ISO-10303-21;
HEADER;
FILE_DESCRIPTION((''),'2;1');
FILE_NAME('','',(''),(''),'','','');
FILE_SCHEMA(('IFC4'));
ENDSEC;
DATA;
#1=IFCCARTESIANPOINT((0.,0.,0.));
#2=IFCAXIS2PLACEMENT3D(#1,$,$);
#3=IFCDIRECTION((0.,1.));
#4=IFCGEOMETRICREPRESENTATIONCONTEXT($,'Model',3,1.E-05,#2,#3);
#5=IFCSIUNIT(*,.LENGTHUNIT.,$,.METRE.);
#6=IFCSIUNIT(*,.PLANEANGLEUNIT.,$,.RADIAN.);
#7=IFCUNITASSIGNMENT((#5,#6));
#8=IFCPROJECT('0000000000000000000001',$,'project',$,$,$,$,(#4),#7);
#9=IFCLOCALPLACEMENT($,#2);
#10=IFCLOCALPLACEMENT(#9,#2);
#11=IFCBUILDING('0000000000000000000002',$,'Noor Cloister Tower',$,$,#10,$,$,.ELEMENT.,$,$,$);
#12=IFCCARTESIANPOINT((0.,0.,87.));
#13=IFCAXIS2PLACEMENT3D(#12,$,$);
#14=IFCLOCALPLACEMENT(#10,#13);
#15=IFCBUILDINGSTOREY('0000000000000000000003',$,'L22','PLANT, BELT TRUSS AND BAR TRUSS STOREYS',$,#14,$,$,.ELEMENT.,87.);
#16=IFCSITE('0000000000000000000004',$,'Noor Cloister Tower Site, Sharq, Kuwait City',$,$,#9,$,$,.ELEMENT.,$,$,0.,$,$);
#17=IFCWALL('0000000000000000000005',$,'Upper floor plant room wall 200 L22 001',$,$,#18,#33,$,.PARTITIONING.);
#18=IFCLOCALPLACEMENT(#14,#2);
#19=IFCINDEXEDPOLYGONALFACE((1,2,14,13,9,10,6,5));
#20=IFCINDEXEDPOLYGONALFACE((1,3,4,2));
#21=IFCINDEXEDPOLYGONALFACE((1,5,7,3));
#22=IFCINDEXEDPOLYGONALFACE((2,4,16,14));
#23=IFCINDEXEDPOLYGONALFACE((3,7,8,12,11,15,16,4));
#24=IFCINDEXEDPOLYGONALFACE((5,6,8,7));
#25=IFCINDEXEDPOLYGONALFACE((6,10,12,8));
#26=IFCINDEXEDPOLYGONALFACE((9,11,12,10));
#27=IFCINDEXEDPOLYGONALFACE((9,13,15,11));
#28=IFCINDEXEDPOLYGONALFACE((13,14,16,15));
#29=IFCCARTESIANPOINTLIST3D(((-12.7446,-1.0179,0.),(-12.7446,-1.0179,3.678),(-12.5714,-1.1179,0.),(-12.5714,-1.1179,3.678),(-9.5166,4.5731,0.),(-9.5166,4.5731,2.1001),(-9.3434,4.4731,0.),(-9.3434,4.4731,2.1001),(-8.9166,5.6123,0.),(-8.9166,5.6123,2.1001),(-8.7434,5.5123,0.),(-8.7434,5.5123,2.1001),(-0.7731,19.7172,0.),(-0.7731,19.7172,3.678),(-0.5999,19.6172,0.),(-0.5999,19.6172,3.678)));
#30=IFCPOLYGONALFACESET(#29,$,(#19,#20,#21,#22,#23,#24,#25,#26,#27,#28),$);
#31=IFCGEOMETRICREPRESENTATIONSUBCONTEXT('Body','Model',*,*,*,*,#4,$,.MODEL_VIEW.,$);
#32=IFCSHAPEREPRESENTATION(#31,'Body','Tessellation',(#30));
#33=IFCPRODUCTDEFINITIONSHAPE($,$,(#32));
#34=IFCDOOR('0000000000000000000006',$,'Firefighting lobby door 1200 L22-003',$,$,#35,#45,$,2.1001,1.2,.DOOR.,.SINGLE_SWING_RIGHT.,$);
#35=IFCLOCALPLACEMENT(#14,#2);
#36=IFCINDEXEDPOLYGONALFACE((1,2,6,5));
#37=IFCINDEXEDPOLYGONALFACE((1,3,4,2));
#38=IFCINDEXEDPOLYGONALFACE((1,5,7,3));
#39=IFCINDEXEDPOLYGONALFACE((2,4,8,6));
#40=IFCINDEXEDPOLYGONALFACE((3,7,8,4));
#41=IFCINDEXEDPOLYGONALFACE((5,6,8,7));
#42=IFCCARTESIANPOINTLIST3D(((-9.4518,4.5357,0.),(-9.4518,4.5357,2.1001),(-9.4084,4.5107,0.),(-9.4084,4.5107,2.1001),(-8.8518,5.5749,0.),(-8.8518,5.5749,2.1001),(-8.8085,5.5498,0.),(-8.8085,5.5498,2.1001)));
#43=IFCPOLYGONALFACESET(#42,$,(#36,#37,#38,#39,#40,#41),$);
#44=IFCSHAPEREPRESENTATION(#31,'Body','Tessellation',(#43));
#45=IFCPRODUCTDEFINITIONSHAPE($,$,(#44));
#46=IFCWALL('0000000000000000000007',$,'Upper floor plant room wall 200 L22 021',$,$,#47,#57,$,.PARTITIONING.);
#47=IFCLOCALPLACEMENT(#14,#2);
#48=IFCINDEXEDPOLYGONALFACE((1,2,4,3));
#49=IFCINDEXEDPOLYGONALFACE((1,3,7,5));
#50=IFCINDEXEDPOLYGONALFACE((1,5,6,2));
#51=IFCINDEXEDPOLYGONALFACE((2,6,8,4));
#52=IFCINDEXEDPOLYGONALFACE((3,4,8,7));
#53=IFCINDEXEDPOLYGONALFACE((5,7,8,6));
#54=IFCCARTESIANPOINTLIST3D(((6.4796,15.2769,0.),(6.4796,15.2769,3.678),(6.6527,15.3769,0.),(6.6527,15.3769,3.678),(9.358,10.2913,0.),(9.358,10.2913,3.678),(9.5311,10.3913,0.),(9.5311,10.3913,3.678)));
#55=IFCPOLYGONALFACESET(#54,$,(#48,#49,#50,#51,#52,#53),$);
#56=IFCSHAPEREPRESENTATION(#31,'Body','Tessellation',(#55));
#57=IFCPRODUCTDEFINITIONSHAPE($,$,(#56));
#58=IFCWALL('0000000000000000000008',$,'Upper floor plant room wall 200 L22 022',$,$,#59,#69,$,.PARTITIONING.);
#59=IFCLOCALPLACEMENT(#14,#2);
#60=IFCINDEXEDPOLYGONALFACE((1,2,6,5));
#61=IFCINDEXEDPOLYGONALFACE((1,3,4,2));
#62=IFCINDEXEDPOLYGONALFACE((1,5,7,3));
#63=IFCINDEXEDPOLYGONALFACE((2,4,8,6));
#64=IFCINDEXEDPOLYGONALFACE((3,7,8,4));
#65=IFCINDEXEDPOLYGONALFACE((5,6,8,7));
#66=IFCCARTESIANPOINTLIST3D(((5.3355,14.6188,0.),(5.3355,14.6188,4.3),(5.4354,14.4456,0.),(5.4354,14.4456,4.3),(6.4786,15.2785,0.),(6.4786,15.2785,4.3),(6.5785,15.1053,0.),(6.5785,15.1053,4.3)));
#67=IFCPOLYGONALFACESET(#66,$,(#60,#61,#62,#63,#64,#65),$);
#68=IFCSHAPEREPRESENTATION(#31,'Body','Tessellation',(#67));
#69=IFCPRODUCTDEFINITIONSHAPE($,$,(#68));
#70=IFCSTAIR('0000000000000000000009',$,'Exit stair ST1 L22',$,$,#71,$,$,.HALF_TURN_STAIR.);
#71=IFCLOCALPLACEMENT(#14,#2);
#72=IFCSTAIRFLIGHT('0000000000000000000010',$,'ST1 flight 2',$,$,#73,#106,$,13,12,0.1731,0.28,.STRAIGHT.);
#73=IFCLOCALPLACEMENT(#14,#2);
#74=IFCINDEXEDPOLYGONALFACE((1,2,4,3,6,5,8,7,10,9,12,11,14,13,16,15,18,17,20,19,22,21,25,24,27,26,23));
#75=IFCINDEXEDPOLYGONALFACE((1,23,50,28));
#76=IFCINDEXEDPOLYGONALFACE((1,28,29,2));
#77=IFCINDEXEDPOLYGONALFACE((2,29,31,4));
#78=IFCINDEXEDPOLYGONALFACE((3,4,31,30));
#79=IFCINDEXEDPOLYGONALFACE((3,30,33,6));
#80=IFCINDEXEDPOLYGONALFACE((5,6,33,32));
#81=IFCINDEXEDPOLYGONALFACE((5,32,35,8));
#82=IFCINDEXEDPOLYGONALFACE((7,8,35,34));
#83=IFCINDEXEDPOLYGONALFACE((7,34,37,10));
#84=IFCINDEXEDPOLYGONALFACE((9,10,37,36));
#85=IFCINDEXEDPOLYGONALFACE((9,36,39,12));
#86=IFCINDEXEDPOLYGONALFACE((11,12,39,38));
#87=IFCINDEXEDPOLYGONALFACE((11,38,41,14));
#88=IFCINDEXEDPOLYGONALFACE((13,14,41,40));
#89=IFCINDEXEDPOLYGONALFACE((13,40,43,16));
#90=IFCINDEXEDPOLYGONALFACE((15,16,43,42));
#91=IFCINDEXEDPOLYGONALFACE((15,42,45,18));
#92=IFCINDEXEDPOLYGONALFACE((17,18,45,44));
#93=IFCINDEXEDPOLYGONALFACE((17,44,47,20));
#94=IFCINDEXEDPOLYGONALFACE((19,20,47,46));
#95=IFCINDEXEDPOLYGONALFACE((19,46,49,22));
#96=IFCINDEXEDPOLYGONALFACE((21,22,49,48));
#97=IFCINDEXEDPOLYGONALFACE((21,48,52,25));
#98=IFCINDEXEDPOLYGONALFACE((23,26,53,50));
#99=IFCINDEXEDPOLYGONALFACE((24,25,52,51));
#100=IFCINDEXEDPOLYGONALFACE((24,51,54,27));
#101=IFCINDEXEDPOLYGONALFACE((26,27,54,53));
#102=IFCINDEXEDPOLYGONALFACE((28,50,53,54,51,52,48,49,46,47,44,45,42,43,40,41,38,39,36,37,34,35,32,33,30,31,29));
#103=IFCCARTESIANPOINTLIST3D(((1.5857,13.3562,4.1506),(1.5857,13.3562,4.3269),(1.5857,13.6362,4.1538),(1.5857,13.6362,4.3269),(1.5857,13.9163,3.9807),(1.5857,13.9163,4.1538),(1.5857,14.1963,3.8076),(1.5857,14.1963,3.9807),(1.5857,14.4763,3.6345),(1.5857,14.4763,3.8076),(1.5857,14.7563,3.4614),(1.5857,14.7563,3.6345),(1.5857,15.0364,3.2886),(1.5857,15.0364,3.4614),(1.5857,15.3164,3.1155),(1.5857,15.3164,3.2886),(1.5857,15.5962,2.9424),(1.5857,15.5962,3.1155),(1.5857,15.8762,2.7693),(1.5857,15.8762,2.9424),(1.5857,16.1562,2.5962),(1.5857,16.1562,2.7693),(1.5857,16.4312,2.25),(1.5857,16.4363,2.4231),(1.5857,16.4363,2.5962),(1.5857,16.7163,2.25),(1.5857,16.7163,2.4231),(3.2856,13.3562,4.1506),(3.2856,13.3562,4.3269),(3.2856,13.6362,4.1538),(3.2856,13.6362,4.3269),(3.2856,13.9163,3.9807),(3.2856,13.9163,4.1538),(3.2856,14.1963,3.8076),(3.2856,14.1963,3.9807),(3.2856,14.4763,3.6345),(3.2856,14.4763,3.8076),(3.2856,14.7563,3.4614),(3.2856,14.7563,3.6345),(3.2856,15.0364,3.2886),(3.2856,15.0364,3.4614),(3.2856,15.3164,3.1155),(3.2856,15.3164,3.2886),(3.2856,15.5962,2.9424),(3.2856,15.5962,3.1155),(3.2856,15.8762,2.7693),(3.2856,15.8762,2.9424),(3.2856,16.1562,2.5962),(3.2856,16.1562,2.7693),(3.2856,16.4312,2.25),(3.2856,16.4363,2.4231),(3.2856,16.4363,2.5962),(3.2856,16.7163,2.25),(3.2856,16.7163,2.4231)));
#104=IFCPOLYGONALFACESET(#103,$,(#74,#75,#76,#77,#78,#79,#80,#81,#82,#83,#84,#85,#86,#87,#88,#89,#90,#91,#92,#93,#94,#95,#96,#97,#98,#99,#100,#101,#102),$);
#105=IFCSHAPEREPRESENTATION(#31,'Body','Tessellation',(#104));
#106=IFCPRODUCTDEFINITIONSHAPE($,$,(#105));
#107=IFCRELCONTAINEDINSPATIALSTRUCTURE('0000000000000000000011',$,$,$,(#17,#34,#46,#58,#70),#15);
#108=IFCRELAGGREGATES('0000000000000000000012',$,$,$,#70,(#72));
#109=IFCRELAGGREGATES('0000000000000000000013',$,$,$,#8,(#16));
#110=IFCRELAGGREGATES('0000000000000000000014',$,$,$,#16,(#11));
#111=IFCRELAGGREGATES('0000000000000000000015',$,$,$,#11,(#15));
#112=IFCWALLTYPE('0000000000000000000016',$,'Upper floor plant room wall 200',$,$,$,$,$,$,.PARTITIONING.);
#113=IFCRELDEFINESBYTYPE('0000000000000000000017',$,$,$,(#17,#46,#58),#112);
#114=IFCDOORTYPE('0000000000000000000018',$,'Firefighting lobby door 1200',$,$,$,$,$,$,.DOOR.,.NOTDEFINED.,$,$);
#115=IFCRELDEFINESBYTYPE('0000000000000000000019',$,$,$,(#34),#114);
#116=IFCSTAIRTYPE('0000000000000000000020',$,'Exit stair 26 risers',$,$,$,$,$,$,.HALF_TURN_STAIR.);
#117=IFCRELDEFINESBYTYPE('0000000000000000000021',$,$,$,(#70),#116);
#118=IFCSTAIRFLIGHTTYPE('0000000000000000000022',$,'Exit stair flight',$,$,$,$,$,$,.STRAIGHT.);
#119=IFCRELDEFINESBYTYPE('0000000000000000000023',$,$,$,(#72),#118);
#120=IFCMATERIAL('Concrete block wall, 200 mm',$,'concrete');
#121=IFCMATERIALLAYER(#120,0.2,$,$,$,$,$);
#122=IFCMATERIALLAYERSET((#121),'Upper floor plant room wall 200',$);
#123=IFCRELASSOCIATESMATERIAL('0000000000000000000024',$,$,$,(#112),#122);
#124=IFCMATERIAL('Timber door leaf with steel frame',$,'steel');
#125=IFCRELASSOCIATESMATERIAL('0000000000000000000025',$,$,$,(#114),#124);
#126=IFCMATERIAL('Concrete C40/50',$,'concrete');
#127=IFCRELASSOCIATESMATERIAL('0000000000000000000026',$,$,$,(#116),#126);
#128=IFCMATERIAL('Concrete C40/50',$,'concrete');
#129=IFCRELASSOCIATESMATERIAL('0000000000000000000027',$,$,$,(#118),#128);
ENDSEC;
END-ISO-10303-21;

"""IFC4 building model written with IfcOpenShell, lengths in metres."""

from ifc_helpers import new_model, si_unit, direction, frame, frame_2d, origin, place, context, subcontext, project, spatial, polyline, rectangle, outline, extrude, material, layer, layer_set, type_object, element, fill, aggregate, save


model = new_model("IFC4")

# Units and contexts
model_context = context("Model", 3, precision=1e-05, world=origin(), true_north=direction((0.0, 1.0)))
body_context = subcontext(model_context, "Body", "Model", "MODEL_VIEW")
ifc_project = project(units=[si_unit("LENGTHUNIT", "METRE"), si_unit("PLANEANGLEUNIT", "RADIAN")], contexts=[model_context])

# Site, building, storey
site_placement = place(None, origin())
site = spatial("IfcSite", under=ifc_project, at=site_placement, Name="Noor Cloister Tower Site, Sharq, Kuwait City", CompositionType="ELEMENT", RefElevation=0.0)
building_placement = place(site_placement, origin())
building = spatial("IfcBuilding", under=site, at=building_placement, Name="Noor Cloister Tower", CompositionType="ELEMENT")
storey_placement = place(building_placement, frame((0.0, 0.0, 87.0)))
storey = spatial("IfcBuildingStorey", under=building, at=storey_placement, Name="L22", Description="PLANT, BELT TRUSS AND BAR TRUSS STOREYS", CompositionType="ELEMENT", Elevation=87.0)

# Wall, opening, door
ifc_material_1 = material(Name="Concrete block wall, 200 mm", Category="concrete")
ifc_layer = layer(ifc_material_1, 0.2)
ifc_layer_set = layer_set([ifc_layer], Name="Upper floor plant room wall 200")
wall_type = type_object("IfcWallType", Name="Upper floor plant room wall 200", PredefinedType="PARTITIONING", material=ifc_layer_set)
wall_1_placement = place(storey_placement, frame((-0.6865, 19.6672, 0.0), z_axis=(0.0, 0.0, 1.0), x_axis=(-0.5, -0.866025, 0.0)))
wall_1 = element("IfcWall", 1, at=wall_1_placement, inside=storey, type_object=wall_type, Name="Upper floor plant room wall 200 L22 001", PredefinedType="PARTITIONING", context=body_context, shape_type="SweptSolid", body=[
    extrude(rectangle(XDim=23.9429, YDim=0.2, at=frame_2d((11.9714, 0.0))), origin(), (0.0, 0.0, 1.0), 3.678),
])
opening_placement = place(wall_1_placement, frame((16.2869, 0.0, 0.0)))
opening = element("IfcOpeningElement", 2, at=opening_placement, cuts=wall_1, PredefinedType="OPENING", context=body_context, shape_type="SweptSolid", body=[
    extrude(rectangle(XDim=1.2, YDim=2.1001, at=frame_2d((0.6001, 1.05))), frame((0.0, 0.1099, 0.0), z_axis=(0.0, -1.0, 0.0), x_axis=(1.0, 0.0, 0.0)), (0.0, 0.0, 1.0), 0.22),
])
ifc_material_2 = material(Name="Timber door leaf with steel frame", Category="steel")
door_type = type_object("IfcDoorType", Name="Firefighting lobby door 1200", OperationType="NOTDEFINED", PredefinedType="DOOR", material=ifc_material_2)
door_placement = place(opening_placement, origin())
door = element("IfcDoor", 3, at=door_placement, inside=storey, type_object=door_type, Name="Firefighting lobby door 1200 L22-003", OperationType="SINGLE_SWING_RIGHT", OverallHeight=2.1001, OverallWidth=1.2, PredefinedType="DOOR", context=body_context, shape_type="SweptSolid", body=[
    extrude(rectangle(XDim=1.2, YDim=2.1001, at=frame_2d((0.6001, 1.05))), frame((0.0, 0.0249, 0.0), z_axis=(0.0, -1.0, 0.0), x_axis=(1.0, 0.0, 0.0)), (0.0, 0.0, 1.0), 0.05),
])
fill(opening, door)

# Walls
wall_2_placement = place(storey_placement, frame((6.5662, 15.3269, 0.0), z_axis=(0.0, 0.0, 1.0), x_axis=(0.499998, -0.866027, 0.0)))
element("IfcWall", 4, at=wall_2_placement, inside=storey, type_object=wall_type, Name="Upper floor plant room wall 200 L22 021", PredefinedType="PARTITIONING", context=body_context, shape_type="SweptSolid", body=[
    extrude(rectangle(XDim=5.7568, YDim=0.2, at=frame_2d((2.8784, 0.0))), origin(), (0.0, 0.0, 1.0), 3.678),
])
wall_3_placement = place(storey_placement, frame((6.5286, 15.1919, 0.0), z_axis=(0.0, 0.0, 1.0), x_axis=(-0.866118, -0.49984, 0.0)))
element("IfcWall", 5, at=wall_3_placement, inside=storey, type_object=wall_type, Name="Upper floor plant room wall 200 L22 022", PredefinedType="PARTITIONING", context=body_context, shape_type="SweptSolid", body=[
    extrude(rectangle(XDim=1.3198, YDim=0.2, at=frame_2d((0.6599, 0.0))), origin(), (0.0, 0.0, 1.0), 4.3),
])

# Stair, stair flight
ifc_material_3 = material(Name="Concrete C40/50", Category="concrete")
stair_type = type_object("IfcStairType", Name="Exit stair 26 risers", PredefinedType="HALF_TURN_STAIR", material=ifc_material_3)
stair_placement = place(storey_placement, origin())
stair = element("IfcStair", 6, at=stair_placement, inside=storey, type_object=stair_type, Name="Exit stair ST1 L22", PredefinedType="HALF_TURN_STAIR")
ifc_material_4 = material(Name="Concrete C40/50", Category="concrete")
stair_flight_type = type_object("IfcStairFlightType", Name="Exit stair flight", PredefinedType="STRAIGHT", material=ifc_material_4)
stair_flight_placement = place(storey_placement, frame((2.4355, 16.7163, 2.25), z_axis=(0.0, 0.0, 1.0), x_axis=(0.0, -1.0, 0.0)))
stair_flight = element("IfcStairFlight", 7, at=stair_flight_placement, type_object=stair_flight_type, Name="ST1 flight 2", NumberOfRisers=13, NumberOfTreads=12, PredefinedType="STRAIGHT", RiserHeight=0.1731, TreadLength=0.28, context=body_context, shape_type="SweptSolid", body=[
    extrude(outline(polyline([(0.0, 0.0), (0.0, 0.1731), (0.28, 0.1731), (0.28, 0.3462), (0.5601, 0.3462), (0.5601, 0.5193), (0.8401, 0.5193), (0.8401, 0.6924), (1.1201, 0.6924), (1.1201, 0.8655), (1.3999, 0.8655), (1.3999, 1.0386), (1.6799, 1.0386), (1.6799, 1.2114), (1.96, 1.2114), (1.96, 1.3845), (2.24, 1.3845), (2.24, 1.5576), (2.52, 1.5576), (2.52, 1.7307), (2.8, 1.7307), (2.8, 1.9038), (3.0801, 1.9038), (3.0801, 2.0769), (3.3601, 2.0769), (3.3601, 2.25), (3.3601, 1.9006), (0.2852, 0.0), (0.0, 0.0)])), frame((0.0, 0.8501, 0.0), z_axis=(0.0, -1.0, 0.0), x_axis=(1.0, 0.0, 0.0)), (0.0, 0.0, 1.0), 1.7),
])
aggregate(stair, [stair_flight])

save(model, "model.ifc")
